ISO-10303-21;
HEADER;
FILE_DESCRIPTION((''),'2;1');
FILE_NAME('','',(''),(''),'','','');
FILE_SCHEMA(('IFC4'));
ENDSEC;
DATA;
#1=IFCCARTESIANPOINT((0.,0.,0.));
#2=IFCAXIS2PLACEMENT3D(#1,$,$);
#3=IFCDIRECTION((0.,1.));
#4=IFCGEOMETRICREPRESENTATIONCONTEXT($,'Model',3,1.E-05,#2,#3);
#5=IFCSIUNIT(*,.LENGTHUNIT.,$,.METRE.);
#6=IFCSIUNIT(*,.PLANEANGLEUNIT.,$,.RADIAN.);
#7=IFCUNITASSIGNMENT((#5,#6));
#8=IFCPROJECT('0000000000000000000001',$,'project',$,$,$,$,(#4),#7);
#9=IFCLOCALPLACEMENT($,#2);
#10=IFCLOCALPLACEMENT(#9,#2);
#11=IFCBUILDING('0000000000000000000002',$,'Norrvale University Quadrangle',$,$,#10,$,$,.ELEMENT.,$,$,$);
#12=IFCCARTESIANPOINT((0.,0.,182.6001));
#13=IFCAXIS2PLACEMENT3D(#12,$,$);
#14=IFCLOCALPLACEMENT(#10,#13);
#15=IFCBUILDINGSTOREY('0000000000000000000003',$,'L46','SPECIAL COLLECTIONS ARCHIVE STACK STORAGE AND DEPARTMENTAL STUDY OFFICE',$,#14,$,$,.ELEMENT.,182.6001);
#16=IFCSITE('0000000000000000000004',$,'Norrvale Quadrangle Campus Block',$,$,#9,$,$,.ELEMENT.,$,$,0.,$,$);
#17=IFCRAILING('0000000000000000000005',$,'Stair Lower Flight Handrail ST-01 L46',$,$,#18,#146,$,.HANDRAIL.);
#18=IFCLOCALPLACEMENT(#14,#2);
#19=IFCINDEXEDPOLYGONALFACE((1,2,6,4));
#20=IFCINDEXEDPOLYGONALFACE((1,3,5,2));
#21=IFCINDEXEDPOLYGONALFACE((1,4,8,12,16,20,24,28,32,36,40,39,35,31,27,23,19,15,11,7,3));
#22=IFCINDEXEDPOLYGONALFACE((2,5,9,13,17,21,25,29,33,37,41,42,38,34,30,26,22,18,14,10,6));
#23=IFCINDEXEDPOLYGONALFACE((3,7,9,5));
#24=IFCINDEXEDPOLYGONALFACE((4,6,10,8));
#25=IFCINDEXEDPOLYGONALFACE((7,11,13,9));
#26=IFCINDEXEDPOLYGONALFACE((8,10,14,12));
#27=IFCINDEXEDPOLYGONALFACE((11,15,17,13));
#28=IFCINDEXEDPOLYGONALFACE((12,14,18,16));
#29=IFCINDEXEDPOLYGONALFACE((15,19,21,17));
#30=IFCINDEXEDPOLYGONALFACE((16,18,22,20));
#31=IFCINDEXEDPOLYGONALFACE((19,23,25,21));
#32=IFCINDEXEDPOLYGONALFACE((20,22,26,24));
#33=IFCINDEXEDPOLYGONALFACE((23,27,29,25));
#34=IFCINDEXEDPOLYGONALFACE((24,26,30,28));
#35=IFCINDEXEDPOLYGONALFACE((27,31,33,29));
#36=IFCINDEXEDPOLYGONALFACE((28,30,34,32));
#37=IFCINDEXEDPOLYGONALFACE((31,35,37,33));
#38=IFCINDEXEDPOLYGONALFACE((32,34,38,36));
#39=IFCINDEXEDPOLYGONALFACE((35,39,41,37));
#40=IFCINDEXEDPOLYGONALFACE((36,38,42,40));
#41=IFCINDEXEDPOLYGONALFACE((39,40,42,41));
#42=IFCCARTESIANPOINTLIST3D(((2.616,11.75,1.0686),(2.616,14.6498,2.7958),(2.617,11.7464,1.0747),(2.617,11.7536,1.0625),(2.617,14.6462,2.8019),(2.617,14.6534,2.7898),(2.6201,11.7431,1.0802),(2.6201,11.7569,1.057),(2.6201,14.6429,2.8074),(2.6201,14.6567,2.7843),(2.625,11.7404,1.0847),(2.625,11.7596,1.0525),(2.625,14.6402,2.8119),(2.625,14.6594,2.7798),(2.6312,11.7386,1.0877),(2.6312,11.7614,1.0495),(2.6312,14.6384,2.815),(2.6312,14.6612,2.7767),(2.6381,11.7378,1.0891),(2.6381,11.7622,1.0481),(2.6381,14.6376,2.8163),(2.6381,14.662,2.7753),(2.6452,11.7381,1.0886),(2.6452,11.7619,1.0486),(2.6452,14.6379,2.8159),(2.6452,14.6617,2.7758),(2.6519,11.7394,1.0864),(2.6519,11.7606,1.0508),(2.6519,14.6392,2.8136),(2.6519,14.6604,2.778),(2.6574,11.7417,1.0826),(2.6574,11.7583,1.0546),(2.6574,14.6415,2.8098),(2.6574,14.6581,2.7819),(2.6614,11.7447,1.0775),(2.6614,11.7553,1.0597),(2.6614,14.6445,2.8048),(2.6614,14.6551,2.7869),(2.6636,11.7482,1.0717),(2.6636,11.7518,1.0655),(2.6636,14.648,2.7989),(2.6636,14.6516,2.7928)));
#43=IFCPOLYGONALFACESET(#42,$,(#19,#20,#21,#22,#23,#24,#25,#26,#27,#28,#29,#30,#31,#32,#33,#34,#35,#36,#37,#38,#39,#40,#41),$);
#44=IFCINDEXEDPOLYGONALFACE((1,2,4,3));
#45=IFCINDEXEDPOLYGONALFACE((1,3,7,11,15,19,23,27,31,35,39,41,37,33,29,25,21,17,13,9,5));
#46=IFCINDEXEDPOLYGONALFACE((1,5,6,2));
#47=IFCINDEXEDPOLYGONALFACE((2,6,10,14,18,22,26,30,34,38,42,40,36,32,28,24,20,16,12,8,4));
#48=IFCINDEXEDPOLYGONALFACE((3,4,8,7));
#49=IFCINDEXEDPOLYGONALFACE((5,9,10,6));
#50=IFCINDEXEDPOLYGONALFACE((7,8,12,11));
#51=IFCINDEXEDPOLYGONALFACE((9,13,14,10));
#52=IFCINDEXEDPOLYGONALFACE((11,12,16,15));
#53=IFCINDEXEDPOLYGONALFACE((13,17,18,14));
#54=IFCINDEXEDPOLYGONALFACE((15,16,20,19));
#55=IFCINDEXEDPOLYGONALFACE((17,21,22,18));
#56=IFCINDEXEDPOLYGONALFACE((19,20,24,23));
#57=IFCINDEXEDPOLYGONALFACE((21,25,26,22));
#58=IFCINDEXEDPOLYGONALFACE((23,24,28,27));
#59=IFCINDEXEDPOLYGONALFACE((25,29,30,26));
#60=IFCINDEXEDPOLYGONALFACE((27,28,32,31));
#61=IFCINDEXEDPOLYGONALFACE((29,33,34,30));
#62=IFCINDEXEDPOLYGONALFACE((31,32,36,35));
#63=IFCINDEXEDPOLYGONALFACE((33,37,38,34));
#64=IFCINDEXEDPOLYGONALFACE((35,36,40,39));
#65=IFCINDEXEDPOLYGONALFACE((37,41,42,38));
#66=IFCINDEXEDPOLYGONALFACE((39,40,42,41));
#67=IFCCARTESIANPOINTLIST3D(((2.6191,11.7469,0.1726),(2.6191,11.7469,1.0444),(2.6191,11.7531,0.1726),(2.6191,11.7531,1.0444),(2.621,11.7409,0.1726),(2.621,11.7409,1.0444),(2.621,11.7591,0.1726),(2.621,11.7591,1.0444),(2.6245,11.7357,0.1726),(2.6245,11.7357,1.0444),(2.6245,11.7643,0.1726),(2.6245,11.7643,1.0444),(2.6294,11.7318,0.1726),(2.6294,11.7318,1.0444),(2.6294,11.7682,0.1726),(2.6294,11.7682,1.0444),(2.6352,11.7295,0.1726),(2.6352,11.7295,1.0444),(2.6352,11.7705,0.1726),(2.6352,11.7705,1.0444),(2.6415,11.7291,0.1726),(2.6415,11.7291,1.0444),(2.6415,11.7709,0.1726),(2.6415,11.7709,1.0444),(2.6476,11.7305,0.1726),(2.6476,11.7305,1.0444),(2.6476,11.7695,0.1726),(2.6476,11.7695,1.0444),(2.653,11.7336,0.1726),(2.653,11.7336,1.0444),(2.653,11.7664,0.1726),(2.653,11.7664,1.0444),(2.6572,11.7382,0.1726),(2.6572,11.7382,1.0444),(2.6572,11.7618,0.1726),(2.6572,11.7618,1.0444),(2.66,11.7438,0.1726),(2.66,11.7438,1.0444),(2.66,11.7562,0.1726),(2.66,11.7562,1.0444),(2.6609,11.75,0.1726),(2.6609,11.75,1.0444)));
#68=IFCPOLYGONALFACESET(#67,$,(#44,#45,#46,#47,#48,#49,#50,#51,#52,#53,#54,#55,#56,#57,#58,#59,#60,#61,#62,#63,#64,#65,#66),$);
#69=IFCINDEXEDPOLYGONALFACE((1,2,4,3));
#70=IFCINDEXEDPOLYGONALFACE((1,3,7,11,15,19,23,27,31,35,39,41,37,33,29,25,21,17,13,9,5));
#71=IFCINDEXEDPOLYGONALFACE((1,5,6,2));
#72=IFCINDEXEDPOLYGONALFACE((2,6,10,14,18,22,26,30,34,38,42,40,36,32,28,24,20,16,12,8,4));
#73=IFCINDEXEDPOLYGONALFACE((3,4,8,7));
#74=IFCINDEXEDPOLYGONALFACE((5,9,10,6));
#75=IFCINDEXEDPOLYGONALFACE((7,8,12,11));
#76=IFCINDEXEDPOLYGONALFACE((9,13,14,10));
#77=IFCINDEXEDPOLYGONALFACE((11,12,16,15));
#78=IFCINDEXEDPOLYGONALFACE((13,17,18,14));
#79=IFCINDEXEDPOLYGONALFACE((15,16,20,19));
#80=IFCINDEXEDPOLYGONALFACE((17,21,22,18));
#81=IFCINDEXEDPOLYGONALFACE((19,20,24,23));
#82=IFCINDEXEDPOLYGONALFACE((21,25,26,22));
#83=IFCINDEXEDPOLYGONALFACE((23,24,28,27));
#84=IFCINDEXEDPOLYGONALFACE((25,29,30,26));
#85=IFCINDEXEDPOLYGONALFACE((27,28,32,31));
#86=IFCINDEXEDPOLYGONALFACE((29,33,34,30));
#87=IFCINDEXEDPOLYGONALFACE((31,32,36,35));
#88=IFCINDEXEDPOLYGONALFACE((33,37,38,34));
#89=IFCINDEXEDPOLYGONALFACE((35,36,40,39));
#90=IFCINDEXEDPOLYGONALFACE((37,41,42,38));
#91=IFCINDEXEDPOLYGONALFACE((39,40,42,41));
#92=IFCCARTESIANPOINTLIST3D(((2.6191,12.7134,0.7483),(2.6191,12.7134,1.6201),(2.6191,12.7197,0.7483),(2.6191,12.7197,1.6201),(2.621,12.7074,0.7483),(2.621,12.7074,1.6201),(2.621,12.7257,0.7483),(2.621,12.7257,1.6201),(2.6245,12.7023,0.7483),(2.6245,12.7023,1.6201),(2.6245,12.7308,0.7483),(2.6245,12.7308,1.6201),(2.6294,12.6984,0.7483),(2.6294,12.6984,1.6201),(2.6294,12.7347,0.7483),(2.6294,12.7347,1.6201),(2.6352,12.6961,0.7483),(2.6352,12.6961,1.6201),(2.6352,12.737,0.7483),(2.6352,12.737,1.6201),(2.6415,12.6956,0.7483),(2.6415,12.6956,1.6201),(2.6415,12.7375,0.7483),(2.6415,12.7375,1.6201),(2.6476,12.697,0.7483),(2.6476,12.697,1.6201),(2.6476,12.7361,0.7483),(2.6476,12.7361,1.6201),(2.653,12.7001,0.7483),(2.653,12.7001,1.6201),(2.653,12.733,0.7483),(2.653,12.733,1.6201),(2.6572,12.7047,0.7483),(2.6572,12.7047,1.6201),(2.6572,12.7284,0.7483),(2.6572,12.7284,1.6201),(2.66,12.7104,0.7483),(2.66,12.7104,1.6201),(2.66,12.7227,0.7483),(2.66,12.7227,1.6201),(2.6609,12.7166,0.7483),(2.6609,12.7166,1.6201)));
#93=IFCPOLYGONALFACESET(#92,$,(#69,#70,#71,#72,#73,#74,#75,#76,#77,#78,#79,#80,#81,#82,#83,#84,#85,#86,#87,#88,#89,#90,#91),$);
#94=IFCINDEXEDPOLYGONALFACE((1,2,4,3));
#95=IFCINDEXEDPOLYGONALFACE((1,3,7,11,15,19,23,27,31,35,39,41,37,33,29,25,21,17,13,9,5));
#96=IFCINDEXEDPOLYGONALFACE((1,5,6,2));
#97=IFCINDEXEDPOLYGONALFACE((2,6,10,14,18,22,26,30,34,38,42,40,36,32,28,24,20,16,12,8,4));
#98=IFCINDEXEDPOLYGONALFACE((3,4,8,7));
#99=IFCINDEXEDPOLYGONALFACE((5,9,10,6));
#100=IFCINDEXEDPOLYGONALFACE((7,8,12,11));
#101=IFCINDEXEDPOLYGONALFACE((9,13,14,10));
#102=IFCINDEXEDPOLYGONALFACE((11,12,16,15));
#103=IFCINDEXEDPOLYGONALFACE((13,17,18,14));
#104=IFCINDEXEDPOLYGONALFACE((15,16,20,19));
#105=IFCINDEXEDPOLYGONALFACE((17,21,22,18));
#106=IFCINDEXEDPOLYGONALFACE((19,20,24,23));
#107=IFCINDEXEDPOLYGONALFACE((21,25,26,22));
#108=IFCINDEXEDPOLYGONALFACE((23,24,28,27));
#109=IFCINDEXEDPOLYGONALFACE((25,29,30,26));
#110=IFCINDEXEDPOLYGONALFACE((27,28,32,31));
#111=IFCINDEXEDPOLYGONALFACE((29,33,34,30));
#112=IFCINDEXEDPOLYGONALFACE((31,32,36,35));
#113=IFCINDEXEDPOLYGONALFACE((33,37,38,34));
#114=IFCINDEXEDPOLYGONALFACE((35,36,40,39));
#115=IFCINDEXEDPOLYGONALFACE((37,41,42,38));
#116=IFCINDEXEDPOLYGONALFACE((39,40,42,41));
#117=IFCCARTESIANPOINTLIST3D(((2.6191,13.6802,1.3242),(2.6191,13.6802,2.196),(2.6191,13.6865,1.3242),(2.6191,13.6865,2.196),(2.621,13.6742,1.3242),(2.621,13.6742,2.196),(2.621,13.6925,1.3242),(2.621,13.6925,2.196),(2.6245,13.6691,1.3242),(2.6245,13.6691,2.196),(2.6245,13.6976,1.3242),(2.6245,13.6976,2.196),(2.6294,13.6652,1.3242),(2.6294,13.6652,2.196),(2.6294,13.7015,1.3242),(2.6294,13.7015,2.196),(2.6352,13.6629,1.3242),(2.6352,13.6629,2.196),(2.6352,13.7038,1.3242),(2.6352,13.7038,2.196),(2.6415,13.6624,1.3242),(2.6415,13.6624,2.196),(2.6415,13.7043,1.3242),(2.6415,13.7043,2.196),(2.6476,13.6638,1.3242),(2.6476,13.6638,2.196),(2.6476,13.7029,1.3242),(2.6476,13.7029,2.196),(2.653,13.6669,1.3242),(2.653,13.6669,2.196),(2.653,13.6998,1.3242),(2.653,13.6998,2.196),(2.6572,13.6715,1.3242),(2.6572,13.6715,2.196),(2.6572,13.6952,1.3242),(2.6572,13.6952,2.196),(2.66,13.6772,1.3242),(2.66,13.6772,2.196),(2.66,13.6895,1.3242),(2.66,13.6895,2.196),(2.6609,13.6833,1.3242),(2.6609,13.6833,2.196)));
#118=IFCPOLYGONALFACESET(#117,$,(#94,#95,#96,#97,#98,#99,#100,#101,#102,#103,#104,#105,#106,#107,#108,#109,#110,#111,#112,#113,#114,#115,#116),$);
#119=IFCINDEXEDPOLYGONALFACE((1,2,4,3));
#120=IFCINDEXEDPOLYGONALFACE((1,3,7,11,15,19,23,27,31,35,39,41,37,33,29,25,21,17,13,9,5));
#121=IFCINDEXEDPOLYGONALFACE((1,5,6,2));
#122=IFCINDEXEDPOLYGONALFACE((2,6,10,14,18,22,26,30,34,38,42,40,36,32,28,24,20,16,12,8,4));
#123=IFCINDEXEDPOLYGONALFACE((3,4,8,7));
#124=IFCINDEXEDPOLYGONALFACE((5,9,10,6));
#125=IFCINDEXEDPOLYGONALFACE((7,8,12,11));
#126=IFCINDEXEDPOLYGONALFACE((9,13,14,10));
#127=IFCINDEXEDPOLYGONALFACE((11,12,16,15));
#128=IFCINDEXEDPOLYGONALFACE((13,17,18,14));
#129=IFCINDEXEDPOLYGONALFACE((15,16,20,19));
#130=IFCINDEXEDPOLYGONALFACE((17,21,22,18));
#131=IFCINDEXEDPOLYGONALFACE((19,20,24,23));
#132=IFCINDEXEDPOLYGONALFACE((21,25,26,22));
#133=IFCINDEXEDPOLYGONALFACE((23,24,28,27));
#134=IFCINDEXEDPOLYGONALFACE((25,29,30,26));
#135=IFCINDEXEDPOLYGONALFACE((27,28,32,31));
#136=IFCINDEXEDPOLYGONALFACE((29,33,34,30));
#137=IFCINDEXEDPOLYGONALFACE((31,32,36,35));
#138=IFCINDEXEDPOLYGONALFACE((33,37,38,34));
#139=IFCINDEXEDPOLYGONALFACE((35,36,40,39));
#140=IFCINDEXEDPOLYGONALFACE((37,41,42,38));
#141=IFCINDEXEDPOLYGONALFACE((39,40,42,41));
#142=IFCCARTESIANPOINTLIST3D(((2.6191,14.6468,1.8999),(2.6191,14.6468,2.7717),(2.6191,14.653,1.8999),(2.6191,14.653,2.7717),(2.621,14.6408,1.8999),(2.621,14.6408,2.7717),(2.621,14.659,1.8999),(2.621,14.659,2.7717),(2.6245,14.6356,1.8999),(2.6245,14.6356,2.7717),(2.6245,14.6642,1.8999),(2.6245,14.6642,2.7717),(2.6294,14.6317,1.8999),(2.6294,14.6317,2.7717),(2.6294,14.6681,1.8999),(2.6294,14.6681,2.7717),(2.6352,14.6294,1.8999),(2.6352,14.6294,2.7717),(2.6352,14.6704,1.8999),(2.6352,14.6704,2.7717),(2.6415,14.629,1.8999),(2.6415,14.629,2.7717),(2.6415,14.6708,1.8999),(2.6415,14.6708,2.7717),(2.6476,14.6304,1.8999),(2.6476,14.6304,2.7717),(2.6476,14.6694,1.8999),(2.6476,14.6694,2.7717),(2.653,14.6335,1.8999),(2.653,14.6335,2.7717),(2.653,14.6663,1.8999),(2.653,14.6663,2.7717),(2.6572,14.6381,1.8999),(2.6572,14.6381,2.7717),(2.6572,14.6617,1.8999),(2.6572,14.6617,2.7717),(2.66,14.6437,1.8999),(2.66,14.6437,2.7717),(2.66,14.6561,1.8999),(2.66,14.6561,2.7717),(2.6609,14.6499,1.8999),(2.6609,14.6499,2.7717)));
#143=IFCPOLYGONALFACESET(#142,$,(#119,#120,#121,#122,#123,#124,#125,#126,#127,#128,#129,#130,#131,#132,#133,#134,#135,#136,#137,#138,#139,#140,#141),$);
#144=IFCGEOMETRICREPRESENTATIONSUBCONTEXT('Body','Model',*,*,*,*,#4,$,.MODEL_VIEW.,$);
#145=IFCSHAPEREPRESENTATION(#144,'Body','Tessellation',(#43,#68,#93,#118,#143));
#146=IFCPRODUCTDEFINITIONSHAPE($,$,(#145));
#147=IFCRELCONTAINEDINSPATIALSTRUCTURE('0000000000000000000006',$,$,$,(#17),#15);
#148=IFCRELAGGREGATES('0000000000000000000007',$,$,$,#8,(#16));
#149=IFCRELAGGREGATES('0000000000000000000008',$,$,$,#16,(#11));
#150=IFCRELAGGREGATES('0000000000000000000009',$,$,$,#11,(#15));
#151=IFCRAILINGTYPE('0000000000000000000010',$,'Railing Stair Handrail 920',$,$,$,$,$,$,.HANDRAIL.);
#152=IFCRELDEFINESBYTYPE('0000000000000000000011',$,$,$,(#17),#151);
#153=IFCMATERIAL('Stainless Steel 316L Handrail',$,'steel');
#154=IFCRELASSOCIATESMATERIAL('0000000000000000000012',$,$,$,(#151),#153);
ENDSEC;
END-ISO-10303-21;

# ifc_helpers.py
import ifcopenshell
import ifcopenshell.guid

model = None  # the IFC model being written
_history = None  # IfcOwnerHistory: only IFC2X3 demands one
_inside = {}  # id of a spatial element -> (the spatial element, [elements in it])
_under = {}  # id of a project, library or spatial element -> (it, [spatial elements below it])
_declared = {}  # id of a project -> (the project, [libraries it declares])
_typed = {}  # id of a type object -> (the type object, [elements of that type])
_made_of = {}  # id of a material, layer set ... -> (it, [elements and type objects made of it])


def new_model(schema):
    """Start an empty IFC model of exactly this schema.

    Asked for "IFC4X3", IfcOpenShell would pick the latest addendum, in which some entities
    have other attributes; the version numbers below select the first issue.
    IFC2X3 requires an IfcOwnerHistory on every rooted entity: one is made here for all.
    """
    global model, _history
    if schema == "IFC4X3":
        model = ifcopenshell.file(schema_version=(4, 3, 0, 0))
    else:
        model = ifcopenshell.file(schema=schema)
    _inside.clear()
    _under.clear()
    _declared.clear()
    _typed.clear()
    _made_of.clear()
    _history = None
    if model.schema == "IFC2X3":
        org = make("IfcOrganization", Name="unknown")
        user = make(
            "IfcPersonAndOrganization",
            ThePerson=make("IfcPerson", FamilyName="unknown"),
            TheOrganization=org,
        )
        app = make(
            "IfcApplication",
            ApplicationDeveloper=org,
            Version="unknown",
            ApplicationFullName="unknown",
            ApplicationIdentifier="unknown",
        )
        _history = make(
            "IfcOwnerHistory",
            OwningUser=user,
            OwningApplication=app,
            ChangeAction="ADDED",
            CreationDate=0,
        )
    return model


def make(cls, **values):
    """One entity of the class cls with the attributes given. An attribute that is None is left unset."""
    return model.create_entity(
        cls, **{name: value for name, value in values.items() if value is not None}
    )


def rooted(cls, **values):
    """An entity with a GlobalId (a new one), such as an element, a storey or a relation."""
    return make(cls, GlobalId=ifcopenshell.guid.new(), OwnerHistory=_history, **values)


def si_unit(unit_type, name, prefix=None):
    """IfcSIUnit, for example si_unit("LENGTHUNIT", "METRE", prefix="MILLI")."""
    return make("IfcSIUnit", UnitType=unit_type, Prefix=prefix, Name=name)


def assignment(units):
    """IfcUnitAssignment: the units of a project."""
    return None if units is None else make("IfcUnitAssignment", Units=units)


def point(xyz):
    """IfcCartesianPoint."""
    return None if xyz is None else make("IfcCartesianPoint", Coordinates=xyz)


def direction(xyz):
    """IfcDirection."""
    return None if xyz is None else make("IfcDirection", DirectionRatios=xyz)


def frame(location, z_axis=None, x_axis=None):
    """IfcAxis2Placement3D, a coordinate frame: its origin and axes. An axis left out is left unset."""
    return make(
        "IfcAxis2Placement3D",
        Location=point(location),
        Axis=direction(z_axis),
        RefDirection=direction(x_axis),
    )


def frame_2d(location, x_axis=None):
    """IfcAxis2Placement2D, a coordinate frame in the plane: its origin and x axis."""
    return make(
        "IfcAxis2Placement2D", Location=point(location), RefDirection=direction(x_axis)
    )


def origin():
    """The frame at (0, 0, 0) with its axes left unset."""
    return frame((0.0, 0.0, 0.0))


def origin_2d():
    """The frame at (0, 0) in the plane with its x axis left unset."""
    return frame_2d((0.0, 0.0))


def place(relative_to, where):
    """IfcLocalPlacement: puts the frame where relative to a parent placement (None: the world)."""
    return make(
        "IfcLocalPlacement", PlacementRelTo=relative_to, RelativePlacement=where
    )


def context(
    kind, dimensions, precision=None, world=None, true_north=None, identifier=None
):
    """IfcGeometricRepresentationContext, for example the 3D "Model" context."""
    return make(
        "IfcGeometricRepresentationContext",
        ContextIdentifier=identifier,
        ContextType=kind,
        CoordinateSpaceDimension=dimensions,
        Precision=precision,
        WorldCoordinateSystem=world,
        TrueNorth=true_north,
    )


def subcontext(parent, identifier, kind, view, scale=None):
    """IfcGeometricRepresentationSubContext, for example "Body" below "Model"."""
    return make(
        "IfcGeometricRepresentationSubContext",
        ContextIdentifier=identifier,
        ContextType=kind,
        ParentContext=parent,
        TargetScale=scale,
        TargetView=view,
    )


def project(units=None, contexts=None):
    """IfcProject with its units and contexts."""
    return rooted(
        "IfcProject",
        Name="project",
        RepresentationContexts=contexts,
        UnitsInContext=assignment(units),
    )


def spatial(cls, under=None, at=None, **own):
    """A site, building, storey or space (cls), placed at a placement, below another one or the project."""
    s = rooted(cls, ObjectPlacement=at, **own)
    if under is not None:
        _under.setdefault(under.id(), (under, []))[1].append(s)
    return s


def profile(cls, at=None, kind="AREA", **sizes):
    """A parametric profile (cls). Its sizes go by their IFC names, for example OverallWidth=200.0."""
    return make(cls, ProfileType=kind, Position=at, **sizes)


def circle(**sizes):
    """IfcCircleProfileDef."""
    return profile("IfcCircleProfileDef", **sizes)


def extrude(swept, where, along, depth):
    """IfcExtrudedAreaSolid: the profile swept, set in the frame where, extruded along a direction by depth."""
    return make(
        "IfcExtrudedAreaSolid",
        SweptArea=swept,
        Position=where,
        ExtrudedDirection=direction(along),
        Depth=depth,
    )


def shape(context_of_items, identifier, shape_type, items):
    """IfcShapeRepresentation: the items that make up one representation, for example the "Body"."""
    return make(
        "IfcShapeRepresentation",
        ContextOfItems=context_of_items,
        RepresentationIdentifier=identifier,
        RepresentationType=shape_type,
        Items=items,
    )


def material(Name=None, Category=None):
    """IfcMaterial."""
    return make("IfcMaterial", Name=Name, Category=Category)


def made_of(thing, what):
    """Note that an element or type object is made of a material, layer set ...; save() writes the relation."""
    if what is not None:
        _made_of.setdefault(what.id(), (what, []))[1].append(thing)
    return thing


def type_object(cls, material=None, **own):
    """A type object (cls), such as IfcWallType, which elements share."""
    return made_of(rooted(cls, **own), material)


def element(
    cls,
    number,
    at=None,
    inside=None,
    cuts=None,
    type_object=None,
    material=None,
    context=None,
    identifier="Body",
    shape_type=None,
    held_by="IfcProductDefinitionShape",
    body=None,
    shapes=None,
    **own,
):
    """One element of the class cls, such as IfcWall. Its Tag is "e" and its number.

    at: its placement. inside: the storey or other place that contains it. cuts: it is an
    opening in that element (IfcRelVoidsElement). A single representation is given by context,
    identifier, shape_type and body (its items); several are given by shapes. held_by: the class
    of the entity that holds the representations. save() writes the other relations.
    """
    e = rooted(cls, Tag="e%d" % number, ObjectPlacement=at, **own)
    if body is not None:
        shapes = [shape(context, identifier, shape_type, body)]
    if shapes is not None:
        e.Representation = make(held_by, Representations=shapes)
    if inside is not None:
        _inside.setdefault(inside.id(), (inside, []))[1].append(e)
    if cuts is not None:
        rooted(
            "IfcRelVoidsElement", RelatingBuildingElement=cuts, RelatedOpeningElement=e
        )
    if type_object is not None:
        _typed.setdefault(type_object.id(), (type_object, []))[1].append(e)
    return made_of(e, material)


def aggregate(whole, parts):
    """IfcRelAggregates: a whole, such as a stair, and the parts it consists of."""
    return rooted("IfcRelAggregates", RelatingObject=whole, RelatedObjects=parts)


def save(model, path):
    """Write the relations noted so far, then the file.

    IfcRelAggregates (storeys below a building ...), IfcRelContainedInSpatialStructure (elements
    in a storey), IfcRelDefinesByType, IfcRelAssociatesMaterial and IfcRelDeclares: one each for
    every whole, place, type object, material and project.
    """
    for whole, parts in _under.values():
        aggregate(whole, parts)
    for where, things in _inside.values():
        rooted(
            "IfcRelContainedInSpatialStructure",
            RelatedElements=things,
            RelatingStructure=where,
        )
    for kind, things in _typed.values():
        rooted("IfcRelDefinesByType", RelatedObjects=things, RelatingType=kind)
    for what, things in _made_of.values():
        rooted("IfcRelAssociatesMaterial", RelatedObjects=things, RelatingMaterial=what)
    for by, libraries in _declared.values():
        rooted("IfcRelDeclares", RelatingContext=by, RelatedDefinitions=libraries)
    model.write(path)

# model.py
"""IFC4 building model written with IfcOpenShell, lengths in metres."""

from ifc_helpers import new_model, si_unit, direction, frame, origin, origin_2d, place, context, subcontext, project, spatial, circle, extrude, material, type_object, element, save


model = new_model("IFC4")

# Units and contexts
model_context = context("Model", 3, precision=1e-05, world=origin(), true_north=direction((0.0, 1.0)))
body_context = subcontext(model_context, "Body", "Model", "MODEL_VIEW")
ifc_project = project(units=[si_unit("LENGTHUNIT", "METRE"), si_unit("PLANEANGLEUNIT", "RADIAN")], contexts=[model_context])

# Site, building, storey
site_placement = place(None, origin())
site = spatial("IfcSite", under=ifc_project, at=site_placement, Name="Norrvale Quadrangle Campus Block", CompositionType="ELEMENT", RefElevation=0.0)
building_placement = place(site_placement, origin())
building = spatial("IfcBuilding", under=site, at=building_placement, Name="Norrvale University Quadrangle", CompositionType="ELEMENT")
storey_placement = place(building_placement, frame((0.0, 0.0, 182.6001)))
storey = spatial("IfcBuildingStorey", under=building, at=storey_placement, Name="L46", Description="SPECIAL COLLECTIONS ARCHIVE STACK STORAGE AND DEPARTMENTAL STUDY OFFICE", CompositionType="ELEMENT", Elevation=182.6001)

# Railing
ifc_material_1 = material(Name="Stainless Steel 316L Handrail", Category="steel")
railing_type_1 = type_object("IfcRailingType", Name="Railing Stair Handrail 920", PredefinedType="HANDRAIL", material=ifc_material_1)
railing_placement = place(storey_placement, frame((2.6399, 11.75, 0.1726)))
element("IfcRailing", 1, at=railing_placement, inside=storey, type_object=railing_type_1, Name="Stair Lower Flight Handrail ST-01 L46", PredefinedType="HANDRAIL", context=body_context, shape_type="SweptSolid", body=[
    extrude(circle(Radius=0.0239, at=origin_2d()), frame((0.0, 0.0, 0.896), z_axis=(0.0, 0.859141, 0.511738), x_axis=(-1.0, 0.0, 0.0)), (0.0, 0.0, 1.0), 3.3752),
    extrude(circle(Radius=0.021, at=origin_2d()), origin(), (0.0, 0.0, 1.0), 0.8718),
    extrude(circle(Radius=0.021, at=origin_2d()), frame((0.0, 0.9666, 0.5757)), (0.0, 0.0, 1.0), 0.8718),
    extrude(circle(Radius=0.021, at=origin_2d()), frame((0.0, 1.9333, 1.1516)), (0.0, 0.0, 1.0), 0.8718),
    extrude(circle(Radius=0.021, at=origin_2d()), frame((0.0, 2.8999, 1.7273)), (0.0, 0.0, 1.0), 0.8718),
])

save(model, "model.ifc")
